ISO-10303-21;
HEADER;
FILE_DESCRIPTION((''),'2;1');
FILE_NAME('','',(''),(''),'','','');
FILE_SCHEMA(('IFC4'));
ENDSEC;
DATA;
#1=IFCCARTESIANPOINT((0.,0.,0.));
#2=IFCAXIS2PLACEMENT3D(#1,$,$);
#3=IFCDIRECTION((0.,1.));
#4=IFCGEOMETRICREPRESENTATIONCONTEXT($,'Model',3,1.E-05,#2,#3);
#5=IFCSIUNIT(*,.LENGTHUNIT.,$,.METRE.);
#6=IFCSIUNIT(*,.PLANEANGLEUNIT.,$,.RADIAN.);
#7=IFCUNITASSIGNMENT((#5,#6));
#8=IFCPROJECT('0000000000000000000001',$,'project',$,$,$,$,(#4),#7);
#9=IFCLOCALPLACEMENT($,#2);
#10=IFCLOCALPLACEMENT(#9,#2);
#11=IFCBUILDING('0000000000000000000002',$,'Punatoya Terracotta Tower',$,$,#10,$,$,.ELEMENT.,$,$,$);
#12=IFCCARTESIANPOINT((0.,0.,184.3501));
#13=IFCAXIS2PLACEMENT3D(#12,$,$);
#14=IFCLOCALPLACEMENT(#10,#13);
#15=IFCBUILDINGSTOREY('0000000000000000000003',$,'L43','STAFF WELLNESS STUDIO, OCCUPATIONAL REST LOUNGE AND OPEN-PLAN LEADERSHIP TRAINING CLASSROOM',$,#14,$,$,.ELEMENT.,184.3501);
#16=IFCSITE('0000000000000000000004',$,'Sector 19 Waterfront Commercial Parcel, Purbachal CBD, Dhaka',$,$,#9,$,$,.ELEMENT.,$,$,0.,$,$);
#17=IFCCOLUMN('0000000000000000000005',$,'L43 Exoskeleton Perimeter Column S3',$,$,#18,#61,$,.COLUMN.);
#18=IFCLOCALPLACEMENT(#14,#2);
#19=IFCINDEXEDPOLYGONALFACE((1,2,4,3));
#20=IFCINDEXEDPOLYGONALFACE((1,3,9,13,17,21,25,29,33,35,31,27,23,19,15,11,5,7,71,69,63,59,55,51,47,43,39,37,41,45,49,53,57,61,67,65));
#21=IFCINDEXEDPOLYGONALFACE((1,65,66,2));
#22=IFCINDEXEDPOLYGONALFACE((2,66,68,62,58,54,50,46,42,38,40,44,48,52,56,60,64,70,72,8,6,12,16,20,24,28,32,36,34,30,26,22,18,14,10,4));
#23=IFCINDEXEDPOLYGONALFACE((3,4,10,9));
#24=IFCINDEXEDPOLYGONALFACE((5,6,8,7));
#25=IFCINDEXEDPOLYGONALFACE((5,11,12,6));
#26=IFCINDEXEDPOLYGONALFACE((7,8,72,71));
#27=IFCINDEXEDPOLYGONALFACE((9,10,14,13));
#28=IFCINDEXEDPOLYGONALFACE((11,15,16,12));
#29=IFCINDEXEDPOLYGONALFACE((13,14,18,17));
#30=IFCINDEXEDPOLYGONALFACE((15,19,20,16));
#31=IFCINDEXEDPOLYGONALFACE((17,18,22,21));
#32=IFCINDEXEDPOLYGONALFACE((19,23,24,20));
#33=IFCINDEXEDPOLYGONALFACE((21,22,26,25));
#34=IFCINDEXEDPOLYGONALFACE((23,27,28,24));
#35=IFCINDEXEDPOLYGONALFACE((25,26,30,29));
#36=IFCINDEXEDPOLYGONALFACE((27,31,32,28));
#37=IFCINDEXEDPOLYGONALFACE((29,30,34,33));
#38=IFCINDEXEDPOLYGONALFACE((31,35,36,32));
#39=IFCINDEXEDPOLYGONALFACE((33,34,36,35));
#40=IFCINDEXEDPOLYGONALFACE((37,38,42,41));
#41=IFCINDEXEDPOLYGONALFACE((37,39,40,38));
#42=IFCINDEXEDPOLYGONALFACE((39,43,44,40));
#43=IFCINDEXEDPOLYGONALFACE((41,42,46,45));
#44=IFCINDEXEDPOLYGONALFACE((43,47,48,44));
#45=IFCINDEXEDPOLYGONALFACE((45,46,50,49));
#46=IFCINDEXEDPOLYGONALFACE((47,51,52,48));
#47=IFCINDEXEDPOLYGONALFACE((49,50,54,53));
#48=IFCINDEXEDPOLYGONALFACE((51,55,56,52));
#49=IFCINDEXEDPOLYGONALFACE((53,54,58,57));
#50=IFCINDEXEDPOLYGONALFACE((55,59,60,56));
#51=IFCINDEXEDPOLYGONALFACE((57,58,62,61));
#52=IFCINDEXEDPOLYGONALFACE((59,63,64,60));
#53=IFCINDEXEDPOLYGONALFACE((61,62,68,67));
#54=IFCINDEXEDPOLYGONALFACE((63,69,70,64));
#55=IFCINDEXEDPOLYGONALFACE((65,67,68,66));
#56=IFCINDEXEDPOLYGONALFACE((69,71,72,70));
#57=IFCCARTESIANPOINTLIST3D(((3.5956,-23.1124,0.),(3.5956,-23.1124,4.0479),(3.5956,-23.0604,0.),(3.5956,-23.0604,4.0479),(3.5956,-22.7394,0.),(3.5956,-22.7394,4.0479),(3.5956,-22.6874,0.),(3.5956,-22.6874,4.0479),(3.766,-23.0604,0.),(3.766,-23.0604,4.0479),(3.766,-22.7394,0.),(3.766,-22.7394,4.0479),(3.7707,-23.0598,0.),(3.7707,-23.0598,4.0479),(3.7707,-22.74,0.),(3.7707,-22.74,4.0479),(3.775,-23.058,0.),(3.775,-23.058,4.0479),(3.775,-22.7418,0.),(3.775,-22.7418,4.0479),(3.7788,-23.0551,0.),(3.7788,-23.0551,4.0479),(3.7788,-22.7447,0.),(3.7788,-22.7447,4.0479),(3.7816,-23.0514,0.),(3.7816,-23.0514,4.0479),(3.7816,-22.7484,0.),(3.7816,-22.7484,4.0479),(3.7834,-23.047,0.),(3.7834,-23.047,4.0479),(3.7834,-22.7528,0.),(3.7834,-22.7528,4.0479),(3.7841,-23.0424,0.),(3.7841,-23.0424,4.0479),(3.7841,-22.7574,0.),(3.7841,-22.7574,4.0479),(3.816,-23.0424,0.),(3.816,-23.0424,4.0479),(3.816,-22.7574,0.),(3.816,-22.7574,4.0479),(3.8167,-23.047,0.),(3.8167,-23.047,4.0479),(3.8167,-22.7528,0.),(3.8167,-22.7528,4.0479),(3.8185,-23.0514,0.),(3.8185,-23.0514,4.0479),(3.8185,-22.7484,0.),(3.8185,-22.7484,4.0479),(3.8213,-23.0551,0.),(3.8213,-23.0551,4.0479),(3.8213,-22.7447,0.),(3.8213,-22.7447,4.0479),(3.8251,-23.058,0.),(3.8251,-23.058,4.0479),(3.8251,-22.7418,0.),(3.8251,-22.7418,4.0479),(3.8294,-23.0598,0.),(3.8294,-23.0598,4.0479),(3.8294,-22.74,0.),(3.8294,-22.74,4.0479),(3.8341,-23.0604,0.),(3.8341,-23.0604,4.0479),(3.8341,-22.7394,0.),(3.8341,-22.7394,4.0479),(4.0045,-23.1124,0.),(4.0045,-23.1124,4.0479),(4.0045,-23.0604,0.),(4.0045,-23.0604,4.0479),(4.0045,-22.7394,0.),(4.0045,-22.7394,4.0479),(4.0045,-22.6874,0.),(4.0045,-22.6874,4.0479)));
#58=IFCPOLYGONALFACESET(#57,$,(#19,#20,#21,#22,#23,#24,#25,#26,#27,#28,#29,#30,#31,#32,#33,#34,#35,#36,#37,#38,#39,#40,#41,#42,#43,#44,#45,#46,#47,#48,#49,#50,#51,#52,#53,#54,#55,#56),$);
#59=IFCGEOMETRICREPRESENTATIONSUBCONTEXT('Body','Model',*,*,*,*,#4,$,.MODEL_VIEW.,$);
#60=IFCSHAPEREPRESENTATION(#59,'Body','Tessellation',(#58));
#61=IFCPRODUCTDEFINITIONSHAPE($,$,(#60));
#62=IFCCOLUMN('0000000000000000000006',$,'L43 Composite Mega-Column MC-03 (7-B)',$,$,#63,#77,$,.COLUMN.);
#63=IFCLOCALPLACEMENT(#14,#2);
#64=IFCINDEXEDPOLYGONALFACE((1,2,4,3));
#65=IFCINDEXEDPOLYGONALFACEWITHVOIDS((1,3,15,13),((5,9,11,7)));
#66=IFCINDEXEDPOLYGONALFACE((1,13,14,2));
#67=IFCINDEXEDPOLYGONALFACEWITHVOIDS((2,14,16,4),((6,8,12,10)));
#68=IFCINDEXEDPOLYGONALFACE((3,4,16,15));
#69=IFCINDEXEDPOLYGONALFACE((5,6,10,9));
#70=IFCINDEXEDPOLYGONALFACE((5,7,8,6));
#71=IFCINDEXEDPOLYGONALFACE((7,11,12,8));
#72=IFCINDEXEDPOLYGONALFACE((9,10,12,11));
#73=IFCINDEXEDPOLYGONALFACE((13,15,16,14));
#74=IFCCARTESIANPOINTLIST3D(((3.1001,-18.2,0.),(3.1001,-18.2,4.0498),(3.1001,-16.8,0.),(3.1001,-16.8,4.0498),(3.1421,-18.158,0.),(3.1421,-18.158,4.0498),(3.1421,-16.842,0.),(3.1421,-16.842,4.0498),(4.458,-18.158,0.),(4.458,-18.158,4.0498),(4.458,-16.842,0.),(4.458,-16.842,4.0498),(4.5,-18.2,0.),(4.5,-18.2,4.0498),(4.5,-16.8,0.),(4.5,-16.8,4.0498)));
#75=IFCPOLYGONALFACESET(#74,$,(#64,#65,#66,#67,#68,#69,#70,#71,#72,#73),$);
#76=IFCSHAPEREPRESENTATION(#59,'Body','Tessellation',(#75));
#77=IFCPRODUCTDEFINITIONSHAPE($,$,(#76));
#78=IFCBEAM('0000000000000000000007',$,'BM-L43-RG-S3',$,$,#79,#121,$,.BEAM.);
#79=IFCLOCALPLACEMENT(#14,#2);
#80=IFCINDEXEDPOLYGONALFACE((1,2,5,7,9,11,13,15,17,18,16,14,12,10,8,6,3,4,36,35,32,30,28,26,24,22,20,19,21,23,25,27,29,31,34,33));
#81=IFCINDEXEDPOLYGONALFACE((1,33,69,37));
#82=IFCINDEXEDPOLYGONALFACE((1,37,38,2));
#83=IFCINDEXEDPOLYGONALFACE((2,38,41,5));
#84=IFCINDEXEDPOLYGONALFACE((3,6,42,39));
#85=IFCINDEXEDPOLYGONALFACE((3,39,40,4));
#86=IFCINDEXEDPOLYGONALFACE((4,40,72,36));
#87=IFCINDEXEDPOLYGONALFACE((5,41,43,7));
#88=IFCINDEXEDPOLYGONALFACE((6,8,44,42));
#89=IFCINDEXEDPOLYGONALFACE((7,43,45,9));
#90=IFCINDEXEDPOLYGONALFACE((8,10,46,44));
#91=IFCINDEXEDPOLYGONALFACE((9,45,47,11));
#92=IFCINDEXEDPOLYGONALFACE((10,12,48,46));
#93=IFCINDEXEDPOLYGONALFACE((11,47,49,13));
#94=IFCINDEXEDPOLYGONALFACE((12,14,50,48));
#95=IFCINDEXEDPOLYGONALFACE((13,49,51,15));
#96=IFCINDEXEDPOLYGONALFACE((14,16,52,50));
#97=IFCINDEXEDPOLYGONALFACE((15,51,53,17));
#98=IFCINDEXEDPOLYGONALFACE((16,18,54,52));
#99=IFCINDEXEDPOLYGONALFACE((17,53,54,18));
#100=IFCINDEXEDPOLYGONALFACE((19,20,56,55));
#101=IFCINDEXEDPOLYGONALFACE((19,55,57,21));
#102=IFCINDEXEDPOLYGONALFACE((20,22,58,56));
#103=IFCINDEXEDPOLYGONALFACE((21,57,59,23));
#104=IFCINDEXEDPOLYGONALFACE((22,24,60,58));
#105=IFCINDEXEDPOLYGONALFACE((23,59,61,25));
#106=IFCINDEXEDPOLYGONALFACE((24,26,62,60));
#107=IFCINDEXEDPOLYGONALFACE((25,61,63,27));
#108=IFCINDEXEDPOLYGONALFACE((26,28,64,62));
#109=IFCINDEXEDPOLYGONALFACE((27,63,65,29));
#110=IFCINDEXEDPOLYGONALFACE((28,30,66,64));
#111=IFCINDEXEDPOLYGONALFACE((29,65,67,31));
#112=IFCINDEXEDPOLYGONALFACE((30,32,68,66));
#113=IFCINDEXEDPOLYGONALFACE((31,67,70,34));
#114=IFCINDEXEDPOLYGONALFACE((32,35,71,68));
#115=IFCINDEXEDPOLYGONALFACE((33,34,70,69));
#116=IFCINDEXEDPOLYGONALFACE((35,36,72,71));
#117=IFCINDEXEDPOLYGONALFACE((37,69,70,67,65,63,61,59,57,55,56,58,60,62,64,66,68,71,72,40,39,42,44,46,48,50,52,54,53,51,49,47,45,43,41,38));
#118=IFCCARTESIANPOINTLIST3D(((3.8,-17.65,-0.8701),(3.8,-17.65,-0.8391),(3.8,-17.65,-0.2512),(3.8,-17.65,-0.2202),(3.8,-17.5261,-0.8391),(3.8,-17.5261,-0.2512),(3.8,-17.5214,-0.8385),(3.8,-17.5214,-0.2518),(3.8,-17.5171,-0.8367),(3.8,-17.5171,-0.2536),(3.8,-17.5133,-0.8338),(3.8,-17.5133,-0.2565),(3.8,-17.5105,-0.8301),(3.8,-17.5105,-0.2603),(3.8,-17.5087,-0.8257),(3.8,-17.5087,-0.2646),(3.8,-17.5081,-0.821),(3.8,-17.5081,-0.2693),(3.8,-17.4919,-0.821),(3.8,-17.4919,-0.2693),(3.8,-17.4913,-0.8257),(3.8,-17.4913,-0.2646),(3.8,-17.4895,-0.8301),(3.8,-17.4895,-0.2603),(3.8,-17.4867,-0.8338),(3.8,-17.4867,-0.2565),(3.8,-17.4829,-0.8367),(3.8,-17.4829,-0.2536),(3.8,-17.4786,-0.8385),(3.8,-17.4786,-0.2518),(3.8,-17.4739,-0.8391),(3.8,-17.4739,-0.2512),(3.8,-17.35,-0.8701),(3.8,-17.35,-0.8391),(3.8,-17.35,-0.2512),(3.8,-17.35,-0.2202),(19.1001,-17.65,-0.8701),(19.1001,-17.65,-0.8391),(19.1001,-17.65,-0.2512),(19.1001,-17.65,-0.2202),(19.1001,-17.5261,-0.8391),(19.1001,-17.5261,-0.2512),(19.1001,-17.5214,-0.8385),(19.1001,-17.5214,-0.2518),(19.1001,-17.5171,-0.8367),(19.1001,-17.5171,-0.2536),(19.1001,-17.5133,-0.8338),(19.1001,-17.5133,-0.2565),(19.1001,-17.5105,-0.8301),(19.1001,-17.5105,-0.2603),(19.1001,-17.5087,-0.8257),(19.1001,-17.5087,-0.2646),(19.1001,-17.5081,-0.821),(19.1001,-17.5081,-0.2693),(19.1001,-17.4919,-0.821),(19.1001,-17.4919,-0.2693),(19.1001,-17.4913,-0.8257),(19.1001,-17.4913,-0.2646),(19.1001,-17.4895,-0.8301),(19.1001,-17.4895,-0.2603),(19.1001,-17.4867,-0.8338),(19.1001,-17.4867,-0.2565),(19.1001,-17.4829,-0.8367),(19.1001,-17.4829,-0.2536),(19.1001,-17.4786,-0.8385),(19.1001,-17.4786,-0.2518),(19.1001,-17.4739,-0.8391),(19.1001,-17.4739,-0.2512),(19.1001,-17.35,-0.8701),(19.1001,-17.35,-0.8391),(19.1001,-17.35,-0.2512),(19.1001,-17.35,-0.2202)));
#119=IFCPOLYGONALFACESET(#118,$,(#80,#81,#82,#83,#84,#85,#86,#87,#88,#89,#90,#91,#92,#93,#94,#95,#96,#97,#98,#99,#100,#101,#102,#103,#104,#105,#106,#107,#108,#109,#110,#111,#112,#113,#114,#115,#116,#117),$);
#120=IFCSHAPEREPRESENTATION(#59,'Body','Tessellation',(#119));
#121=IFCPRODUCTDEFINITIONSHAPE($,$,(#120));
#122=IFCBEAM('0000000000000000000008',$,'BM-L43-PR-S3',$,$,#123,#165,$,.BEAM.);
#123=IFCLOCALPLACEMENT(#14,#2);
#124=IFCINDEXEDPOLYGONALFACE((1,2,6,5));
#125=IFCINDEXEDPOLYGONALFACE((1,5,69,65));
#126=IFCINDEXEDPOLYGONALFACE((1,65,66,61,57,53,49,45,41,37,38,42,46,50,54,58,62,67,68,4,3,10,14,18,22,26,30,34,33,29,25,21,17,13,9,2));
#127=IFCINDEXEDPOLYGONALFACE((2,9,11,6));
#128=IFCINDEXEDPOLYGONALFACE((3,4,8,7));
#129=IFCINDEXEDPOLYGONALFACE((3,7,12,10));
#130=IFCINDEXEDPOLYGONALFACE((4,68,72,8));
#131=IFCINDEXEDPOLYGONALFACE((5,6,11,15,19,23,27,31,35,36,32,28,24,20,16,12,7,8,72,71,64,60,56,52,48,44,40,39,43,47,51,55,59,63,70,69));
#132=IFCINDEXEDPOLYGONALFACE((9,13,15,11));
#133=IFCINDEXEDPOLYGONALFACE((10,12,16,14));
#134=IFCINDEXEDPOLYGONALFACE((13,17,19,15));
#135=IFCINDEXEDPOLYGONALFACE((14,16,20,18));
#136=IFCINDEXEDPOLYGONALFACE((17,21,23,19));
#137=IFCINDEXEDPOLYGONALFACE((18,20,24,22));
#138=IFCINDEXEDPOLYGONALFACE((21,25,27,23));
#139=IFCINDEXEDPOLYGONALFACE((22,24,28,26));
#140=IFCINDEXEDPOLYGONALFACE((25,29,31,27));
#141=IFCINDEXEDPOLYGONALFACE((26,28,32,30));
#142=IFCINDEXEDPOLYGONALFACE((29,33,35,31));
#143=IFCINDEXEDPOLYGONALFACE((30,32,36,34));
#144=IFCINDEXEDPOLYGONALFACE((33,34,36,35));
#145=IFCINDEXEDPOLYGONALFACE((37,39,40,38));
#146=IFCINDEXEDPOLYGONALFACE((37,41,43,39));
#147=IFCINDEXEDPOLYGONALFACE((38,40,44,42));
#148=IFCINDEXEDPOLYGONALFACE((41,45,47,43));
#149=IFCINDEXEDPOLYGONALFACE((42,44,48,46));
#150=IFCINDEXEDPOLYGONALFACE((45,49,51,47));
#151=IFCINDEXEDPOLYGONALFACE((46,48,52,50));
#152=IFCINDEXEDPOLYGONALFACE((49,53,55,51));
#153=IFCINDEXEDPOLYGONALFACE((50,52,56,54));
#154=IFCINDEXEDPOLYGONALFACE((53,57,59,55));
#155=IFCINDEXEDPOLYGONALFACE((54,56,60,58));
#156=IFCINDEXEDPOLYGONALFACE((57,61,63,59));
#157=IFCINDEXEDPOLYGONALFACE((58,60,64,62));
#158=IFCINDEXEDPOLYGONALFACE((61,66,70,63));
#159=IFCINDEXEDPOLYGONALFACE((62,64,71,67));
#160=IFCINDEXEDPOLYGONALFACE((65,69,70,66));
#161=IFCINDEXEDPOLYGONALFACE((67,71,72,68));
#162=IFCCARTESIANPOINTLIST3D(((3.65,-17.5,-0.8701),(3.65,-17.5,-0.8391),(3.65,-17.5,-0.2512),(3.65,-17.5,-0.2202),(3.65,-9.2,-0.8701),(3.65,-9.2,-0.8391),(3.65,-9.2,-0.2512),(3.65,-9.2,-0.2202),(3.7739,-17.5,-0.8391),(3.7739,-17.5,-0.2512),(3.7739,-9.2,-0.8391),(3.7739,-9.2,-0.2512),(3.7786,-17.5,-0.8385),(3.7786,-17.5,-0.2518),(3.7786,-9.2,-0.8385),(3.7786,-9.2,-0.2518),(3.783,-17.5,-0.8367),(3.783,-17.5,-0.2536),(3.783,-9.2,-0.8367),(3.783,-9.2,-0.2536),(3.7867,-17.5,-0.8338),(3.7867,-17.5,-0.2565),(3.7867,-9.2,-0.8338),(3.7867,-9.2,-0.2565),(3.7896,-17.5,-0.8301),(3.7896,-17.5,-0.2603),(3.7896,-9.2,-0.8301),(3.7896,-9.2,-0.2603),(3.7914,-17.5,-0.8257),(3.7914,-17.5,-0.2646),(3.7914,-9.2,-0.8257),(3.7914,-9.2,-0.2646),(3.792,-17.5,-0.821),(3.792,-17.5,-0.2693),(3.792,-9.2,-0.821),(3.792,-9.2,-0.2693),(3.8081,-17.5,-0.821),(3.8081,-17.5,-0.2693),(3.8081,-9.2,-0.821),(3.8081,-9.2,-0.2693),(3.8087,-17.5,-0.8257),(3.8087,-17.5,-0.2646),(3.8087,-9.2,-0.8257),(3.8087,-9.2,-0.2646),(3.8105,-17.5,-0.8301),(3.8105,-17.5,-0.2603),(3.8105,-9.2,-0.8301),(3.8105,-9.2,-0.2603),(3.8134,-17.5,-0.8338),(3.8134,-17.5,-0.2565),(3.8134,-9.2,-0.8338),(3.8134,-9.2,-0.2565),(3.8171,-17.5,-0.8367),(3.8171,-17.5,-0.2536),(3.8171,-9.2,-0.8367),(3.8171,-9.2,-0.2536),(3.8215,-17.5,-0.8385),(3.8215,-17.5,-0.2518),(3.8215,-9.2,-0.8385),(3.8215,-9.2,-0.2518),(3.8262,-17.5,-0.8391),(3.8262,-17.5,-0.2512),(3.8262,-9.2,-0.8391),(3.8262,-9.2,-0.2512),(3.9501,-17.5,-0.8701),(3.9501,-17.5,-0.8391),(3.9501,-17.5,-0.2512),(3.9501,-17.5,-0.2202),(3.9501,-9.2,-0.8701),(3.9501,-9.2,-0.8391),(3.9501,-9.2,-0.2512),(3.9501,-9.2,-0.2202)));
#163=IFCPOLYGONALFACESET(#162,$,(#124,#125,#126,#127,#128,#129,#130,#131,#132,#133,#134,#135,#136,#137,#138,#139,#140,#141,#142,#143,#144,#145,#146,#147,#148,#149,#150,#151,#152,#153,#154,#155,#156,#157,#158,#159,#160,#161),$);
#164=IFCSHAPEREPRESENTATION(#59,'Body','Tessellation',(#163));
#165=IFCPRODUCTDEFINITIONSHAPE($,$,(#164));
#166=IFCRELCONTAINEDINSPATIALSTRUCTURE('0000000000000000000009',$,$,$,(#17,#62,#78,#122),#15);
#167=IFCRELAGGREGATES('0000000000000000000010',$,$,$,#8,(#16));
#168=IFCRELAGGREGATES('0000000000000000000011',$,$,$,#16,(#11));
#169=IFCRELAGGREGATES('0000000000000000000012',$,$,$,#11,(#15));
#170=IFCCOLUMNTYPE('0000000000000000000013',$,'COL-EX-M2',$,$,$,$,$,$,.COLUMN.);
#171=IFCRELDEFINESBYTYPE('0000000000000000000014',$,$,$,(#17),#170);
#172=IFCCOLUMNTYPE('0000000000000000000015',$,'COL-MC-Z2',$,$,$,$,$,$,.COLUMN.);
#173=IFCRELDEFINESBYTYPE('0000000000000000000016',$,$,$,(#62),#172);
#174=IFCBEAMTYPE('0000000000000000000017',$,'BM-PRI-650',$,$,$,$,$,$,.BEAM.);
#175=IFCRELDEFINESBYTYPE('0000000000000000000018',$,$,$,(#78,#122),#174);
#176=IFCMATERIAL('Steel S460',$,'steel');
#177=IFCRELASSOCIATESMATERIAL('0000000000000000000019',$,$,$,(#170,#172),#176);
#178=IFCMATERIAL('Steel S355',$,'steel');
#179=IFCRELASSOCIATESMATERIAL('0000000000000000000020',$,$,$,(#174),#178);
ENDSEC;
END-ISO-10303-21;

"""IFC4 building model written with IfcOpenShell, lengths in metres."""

from ifc_helpers import new_model, si_unit, direction, frame, origin, origin_2d, place, context, subcontext, project, spatial, hollow_rectangle, i_section, extrude, material, material_profile, profile_set, type_object, element, save


model = new_model("IFC4")

# Units and contexts
model_context = context("Model", 3, precision=1e-05, world=origin(), true_north=direction((0.0, 1.0)))
body_context = subcontext(model_context, "Body", "Model", "MODEL_VIEW")
ifc_project = project(units=[si_unit("LENGTHUNIT", "METRE"), si_unit("PLANEANGLEUNIT", "RADIAN")], contexts=[model_context])

# Site, building, storey
site_placement = place(None, origin())
site = spatial("IfcSite", under=ifc_project, at=site_placement, Name="Sector 19 Waterfront Commercial Parcel, Purbachal CBD, Dhaka", CompositionType="ELEMENT", RefElevation=0.0)
building_placement = place(site_placement, origin())
building = spatial("IfcBuilding", under=site, at=building_placement, Name="Punatoya Terracotta Tower", CompositionType="ELEMENT")
storey_placement = place(building_placement, frame((0.0, 0.0, 184.3501)))
storey = spatial("IfcBuildingStorey", under=building, at=storey_placement, Name="L43", Description="STAFF WELLNESS STUDIO, OCCUPATIONAL REST LOUNGE AND OPEN-PLAN LEADERSHIP TRAINING CLASSROOM", CompositionType="ELEMENT", Elevation=184.3501)

# Columns
ifc_material_1 = material(Name="Steel S460", Category="steel")
ifc_material_profile_1 = material_profile(ifc_material_1, i_section(OverallWidth=0.4089, OverallDepth=0.425, WebThickness=0.032, FlangeThickness=0.052, FilletRadius=0.0181, at=origin_2d()))
ifc_profile_set_1 = profile_set([ifc_material_profile_1], Name="Steel S460")
column_type_1 = type_object("IfcColumnType", Name="COL-EX-M2", PredefinedType="COLUMN", material=ifc_profile_set_1)
column_1_placement = place(storey_placement, frame((3.8, -22.8999, 0.0), z_axis=(0.0, 0.0, 1.0), x_axis=(1.0, 0.0, 0.0)))
element("IfcColumn", 1, at=column_1_placement, inside=storey, type_object=column_type_1, Name="L43 Exoskeleton Perimeter Column S3", PredefinedType="COLUMN", context=body_context, shape_type="SweptSolid", body=[
    extrude(i_section(OverallWidth=0.4089, OverallDepth=0.425, WebThickness=0.032, FlangeThickness=0.052, FilletRadius=0.0181, at=origin_2d()), origin(), (0.0, 0.0, 1.0), 4.0479),
])
ifc_material_profile_2 = material_profile(ifc_material_1, hollow_rectangle(XDim=1.3999, YDim=1.3999, WallThickness=0.042, at=origin_2d()))
ifc_profile_set_2 = profile_set([ifc_material_profile_2], Name="Steel S460")
column_type_2 = type_object("IfcColumnType", Name="COL-MC-Z2", PredefinedType="COLUMN", material=ifc_profile_set_2)
column_2_placement = place(storey_placement, frame((3.8, -17.5, 0.0), z_axis=(0.0, 0.0, 1.0), x_axis=(1.0, 0.0, 0.0)))
element("IfcColumn", 2, at=column_2_placement, inside=storey, type_object=column_type_2, Name="L43 Composite Mega-Column MC-03 (7-B)", PredefinedType="COLUMN", context=body_context, shape_type="SweptSolid", body=[
    extrude(hollow_rectangle(XDim=1.3999, YDim=1.3999, WallThickness=0.042, at=origin_2d()), origin(), (0.0, 0.0, 1.0), 4.0498),
])

# Beams
ifc_material_2 = material(Name="Steel S355", Category="steel")
ifc_material_profile_3 = material_profile(ifc_material_2, i_section(OverallWidth=0.3, OverallDepth=0.6499, WebThickness=0.0161, FlangeThickness=0.031, FilletRadius=0.0181, at=origin_2d()))
ifc_profile_set_3 = profile_set([ifc_material_profile_3], Name="Steel S355")
beam_type_1 = type_object("IfcBeamType", Name="BM-PRI-650", PredefinedType="BEAM", material=ifc_profile_set_3)
beam_1_placement = place(storey_placement, frame((3.8, -17.5, -0.5452), z_axis=(1.0, 0.0, 0.0), x_axis=(0.0, 1.0, 0.0)))
element("IfcBeam", 3, at=beam_1_placement, inside=storey, type_object=beam_type_1, Name="BM-L43-RG-S3", PredefinedType="BEAM", context=body_context, shape_type="SweptSolid", body=[
    extrude(i_section(OverallWidth=0.3, OverallDepth=0.6499, WebThickness=0.0161, FlangeThickness=0.031, FilletRadius=0.0181, at=origin_2d()), origin(), (0.0, 0.0, 1.0), 15.3),
])
for number, where, z_axis, x_axis, name in (
    (4, (3.8, -17.5, -0.5452), (0.0, 1.0, 0.0), (-1.0, 0.0, 0.0), "BM-L43-PR-S3"),
):
    element("IfcBeam", number, at=place(storey_placement, frame(where, z_axis=z_axis, x_axis=x_axis)), inside=storey, type_object=beam_type_1, Name=name, PredefinedType="BEAM", context=body_context, shape_type="SweptSolid", body=[
        extrude(i_section(OverallWidth=0.3, OverallDepth=0.6499, WebThickness=0.0161, FlangeThickness=0.031, FilletRadius=0.0181, at=origin_2d()), origin(), (0.0, 0.0, 1.0), 8.3),
    ])

save(model, "model.ifc")
